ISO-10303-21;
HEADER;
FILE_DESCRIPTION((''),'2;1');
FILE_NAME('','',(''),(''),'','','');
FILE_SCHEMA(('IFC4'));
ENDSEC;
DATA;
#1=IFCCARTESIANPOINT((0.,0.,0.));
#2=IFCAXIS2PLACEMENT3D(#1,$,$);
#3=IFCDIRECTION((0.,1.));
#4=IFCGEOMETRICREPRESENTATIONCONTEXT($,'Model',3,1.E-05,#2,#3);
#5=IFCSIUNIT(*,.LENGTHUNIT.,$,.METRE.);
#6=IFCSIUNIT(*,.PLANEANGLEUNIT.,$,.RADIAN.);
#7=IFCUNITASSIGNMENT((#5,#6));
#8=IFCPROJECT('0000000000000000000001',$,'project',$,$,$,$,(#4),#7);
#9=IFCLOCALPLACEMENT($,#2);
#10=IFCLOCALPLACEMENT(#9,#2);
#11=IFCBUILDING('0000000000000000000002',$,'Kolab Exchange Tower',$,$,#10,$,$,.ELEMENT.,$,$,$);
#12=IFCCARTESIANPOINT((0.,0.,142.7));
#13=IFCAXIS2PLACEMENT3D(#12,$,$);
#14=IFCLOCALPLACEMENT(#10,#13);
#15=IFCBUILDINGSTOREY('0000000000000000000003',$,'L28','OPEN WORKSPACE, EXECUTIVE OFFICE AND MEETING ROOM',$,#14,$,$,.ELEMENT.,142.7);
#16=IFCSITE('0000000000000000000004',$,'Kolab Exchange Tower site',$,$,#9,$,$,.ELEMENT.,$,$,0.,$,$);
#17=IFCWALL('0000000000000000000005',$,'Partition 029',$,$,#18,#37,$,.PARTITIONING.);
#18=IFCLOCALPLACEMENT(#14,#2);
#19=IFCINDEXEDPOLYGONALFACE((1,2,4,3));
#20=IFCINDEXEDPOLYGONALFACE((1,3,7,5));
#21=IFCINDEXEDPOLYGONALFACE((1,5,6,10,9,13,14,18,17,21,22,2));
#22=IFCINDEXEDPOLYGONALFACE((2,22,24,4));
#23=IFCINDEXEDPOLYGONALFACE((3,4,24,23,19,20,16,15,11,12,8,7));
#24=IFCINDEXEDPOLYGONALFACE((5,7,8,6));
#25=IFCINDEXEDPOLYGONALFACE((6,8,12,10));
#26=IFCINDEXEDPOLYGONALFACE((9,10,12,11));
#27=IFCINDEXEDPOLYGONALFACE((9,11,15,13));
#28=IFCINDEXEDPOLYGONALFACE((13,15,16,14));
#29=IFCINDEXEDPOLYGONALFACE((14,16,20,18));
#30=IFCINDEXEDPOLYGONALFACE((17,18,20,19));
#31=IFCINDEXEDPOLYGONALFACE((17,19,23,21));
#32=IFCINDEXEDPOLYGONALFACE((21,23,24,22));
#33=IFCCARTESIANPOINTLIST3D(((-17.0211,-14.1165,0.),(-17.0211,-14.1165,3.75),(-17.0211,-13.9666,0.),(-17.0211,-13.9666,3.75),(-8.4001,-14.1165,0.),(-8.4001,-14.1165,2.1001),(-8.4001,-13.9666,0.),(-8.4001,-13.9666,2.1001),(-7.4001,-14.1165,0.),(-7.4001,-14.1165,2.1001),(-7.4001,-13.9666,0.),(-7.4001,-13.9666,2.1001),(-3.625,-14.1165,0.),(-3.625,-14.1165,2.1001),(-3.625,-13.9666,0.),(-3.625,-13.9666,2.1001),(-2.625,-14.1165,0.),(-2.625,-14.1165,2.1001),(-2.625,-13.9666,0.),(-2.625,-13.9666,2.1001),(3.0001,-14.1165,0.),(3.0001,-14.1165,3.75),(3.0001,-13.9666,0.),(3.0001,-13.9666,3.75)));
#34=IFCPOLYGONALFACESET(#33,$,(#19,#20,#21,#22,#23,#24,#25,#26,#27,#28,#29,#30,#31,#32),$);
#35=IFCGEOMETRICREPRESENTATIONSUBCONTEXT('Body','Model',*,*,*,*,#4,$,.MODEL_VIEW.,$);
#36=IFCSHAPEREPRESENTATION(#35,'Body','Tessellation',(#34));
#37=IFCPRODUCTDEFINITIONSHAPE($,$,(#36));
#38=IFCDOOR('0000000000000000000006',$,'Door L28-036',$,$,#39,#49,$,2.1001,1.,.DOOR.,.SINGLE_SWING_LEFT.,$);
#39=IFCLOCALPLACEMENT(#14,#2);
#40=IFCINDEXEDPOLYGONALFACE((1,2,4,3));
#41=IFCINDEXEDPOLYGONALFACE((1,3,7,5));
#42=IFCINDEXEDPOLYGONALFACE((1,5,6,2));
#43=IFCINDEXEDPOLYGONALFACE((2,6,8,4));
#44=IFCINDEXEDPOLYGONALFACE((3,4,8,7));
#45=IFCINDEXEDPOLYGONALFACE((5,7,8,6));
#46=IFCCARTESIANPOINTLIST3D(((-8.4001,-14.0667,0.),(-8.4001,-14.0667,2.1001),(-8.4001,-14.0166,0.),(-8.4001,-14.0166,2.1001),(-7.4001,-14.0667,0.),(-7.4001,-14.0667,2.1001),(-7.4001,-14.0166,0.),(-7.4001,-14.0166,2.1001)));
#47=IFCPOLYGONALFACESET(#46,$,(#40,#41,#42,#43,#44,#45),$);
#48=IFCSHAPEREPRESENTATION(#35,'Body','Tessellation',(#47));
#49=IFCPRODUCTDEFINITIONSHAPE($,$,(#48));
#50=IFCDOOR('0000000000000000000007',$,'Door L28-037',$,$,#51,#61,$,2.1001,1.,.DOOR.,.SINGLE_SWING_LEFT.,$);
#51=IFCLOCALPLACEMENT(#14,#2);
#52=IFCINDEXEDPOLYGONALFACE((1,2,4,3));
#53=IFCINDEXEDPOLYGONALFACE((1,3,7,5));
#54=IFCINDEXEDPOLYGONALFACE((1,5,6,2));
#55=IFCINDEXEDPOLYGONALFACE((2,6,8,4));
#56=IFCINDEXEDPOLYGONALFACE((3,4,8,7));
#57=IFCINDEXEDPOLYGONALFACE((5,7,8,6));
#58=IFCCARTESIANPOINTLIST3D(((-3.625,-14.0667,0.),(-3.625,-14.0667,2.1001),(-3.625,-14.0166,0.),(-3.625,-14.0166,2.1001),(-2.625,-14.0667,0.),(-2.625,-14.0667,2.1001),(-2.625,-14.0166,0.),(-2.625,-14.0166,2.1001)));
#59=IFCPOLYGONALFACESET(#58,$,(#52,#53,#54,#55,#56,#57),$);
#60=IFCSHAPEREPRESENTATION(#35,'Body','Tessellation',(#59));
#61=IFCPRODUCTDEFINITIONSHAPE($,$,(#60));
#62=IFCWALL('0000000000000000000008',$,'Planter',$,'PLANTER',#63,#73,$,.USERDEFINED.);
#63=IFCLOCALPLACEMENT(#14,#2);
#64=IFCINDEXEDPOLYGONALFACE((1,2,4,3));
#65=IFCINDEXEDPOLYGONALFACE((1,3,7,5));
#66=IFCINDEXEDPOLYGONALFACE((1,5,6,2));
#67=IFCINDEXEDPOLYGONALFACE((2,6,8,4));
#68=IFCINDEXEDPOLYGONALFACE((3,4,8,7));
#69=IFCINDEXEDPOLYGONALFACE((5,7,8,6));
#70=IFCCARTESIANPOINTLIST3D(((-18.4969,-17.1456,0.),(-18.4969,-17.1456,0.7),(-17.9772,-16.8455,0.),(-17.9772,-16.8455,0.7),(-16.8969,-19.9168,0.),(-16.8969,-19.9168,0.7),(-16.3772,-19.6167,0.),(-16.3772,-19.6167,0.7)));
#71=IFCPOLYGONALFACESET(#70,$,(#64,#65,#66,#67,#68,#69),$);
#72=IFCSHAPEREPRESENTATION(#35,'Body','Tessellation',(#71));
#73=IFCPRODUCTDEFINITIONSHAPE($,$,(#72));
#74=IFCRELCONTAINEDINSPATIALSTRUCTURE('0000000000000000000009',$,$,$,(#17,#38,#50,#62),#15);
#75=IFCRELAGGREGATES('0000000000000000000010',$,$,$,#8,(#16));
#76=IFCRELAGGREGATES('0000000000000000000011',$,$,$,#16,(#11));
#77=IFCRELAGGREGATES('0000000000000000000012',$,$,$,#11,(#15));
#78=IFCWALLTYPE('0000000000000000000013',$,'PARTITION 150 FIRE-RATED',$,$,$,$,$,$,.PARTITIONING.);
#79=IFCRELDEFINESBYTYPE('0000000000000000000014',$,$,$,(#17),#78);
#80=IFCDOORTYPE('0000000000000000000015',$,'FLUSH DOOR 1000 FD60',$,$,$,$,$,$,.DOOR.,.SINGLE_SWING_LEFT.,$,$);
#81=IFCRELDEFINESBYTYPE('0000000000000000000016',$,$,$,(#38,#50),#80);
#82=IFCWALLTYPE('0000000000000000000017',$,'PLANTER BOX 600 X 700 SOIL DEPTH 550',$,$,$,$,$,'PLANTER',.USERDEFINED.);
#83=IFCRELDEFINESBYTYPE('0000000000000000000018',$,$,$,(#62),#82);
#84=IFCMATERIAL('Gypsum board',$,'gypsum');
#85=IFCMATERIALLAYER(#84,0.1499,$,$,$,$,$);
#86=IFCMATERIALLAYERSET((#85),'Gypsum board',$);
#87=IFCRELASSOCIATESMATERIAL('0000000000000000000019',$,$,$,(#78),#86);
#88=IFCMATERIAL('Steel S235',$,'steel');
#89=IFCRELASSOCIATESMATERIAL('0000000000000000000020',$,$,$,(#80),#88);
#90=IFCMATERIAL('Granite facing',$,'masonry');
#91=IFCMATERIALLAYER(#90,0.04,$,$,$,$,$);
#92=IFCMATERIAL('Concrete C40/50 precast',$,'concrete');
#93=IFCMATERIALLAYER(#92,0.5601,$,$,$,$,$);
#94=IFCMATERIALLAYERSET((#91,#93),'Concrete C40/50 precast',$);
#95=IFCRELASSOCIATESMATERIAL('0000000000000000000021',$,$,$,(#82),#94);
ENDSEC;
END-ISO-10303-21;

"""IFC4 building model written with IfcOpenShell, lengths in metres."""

from ifc_helpers import new_model, si_unit, direction, frame, frame_2d, origin, place, context, subcontext, project, spatial, rectangle, extrude, material, layer, layer_set, type_object, element, fill, save


model = new_model("IFC4")

# Units and contexts
model_context = context("Model", 3, precision=1e-05, world=origin(), true_north=direction((0.0, 1.0)))
body_context = subcontext(model_context, "Body", "Model", "MODEL_VIEW")
ifc_project = project(units=[si_unit("LENGTHUNIT", "METRE"), si_unit("PLANEANGLEUNIT", "RADIAN")], contexts=[model_context])

# Site, building, storey
site_placement = place(None, origin())
site = spatial("IfcSite", under=ifc_project, at=site_placement, Name="Kolab Exchange Tower site", CompositionType="ELEMENT", RefElevation=0.0)
building_placement = place(site_placement, origin())
building = spatial("IfcBuilding", under=site, at=building_placement, Name="Kolab Exchange Tower", CompositionType="ELEMENT")
storey_placement = place(building_placement, frame((0.0, 0.0, 142.7)))
storey = spatial("IfcBuildingStorey", under=building, at=storey_placement, Name="L28", Description="OPEN WORKSPACE, EXECUTIVE OFFICE AND MEETING ROOM", CompositionType="ELEMENT", Elevation=142.7)

# Wall, openings, doors
ifc_material_1 = material(Name="Gypsum board", Category="gypsum")
ifc_layer_1 = layer(ifc_material_1, 0.1499)
ifc_layer_set_1 = layer_set([ifc_layer_1], Name="Gypsum board")
wall_type_1 = type_object("IfcWallType", Name="PARTITION 150 FIRE-RATED", PredefinedType="PARTITIONING", material=ifc_layer_set_1)
ifc_material_2 = material(Name="Steel S235", Category="steel")
door_type_1 = type_object("IfcDoorType", Name="FLUSH DOOR 1000 FD60", OperationType="SINGLE_SWING_LEFT", PredefinedType="DOOR", material=ifc_material_2)
wall_1_placement = place(storey_placement, frame((-17.0212, -14.0415, 0.0), z_axis=(0.0, 0.0, 1.0), x_axis=(1.0, 0.0, 0.0)))
wall_1 = element("IfcWall", 1, at=wall_1_placement, inside=storey, type_object=wall_type_1, Name="Partition 029", PredefinedType="PARTITIONING", context=body_context, shape_type="SweptSolid", body=[
    extrude(rectangle(XDim=20.0212, YDim=0.1499, at=frame_2d((10.0107, 0.0))), origin(), (0.0, 0.0, 1.0), 3.75),
])
opening_1_placement = place(wall_1_placement, frame((8.6211, 0.0, 0.0)))
opening_1 = element("IfcOpeningElement", 2, at=opening_1_placement, cuts=wall_1, PredefinedType="OPENING", context=body_context, shape_type="SweptSolid", body=[
    extrude(rectangle(XDim=1.0, YDim=2.1001, at=frame_2d((0.5, 1.05))), frame((0.0, 0.085, 0.0), z_axis=(0.0, -1.0, 0.0), x_axis=(1.0, 0.0, 0.0)), (0.0, 0.0, 1.0), 0.1699),
])
opening_2_placement = place(wall_1_placement, frame((13.3962, 0.0, 0.0)))
opening_2 = element("IfcOpeningElement", 3, at=opening_2_placement, cuts=wall_1, PredefinedType="OPENING", context=body_context, shape_type="SweptSolid", body=[
    extrude(rectangle(XDim=1.0, YDim=2.1001, at=frame_2d((0.5, 1.05))), frame((0.0, 0.085, 0.0), z_axis=(0.0, -1.0, 0.0), x_axis=(1.0, 0.0, 0.0)), (0.0, 0.0, 1.0), 0.1699),
])
door_1_placement = place(opening_1_placement, origin())
door_1 = element("IfcDoor", 4, at=door_1_placement, inside=storey, type_object=door_type_1, Name="Door L28-036", OperationType="SINGLE_SWING_LEFT", OverallHeight=2.1001, OverallWidth=1.0, PredefinedType="DOOR", context=body_context, shape_type="SweptSolid", body=[
    extrude(rectangle(XDim=1.0, YDim=2.1001, at=frame_2d((0.5, 1.05))), frame((0.0, 0.0249, 0.0), z_axis=(0.0, -1.0, 0.0), x_axis=(1.0, 0.0, 0.0)), (0.0, 0.0, 1.0), 0.05),
])
fill(opening_1, door_1)
door_2_placement = place(opening_2_placement, origin())
door_2 = element("IfcDoor", 5, at=door_2_placement, inside=storey, type_object=door_type_1, Name="Door L28-037", OperationType="SINGLE_SWING_LEFT", OverallHeight=2.1001, OverallWidth=1.0, PredefinedType="DOOR", context=body_context, shape_type="SweptSolid", body=[
    extrude(rectangle(XDim=1.0, YDim=2.1001, at=frame_2d((0.5, 1.05))), frame((0.0, 0.0249, 0.0), z_axis=(0.0, -1.0, 0.0), x_axis=(1.0, 0.0, 0.0)), (0.0, 0.0, 1.0), 0.05),
])
fill(opening_2, door_2)

# Wall
ifc_material_3 = material(Name="Granite facing", Category="masonry")
ifc_layer_2 = layer(ifc_material_3, 0.04)
ifc_material_4 = material(Name="Concrete C40/50 precast", Category="concrete")
ifc_layer_3 = layer(ifc_material_4, 0.5601)
ifc_layer_set_2 = layer_set([ifc_layer_2, ifc_layer_3], Name="Concrete C40/50 precast")
wall_type_2 = type_object("IfcWallType", Name="PLANTER BOX 600 X 700 SOIL DEPTH 550", ElementType="PLANTER", PredefinedType="USERDEFINED", material=ifc_layer_set_2)
wall_2_placement = place(storey_placement, frame((-16.637, -19.7668, 0.0), z_axis=(0.0, 0.0, 1.0), x_axis=(-0.500028, 0.866009, 0.0)))
element("IfcWall", 6, at=wall_2_placement, inside=storey, type_object=wall_type_2, Name="Planter", ObjectType="PLANTER", PredefinedType="USERDEFINED", context=body_context, shape_type="SweptSolid", body=[
    extrude(rectangle(XDim=3.2, YDim=0.6001, at=frame_2d((1.6001, 0.0))), origin(), (0.0, 0.0, 1.0), 0.7),
])

save(model, "model.ifc")
